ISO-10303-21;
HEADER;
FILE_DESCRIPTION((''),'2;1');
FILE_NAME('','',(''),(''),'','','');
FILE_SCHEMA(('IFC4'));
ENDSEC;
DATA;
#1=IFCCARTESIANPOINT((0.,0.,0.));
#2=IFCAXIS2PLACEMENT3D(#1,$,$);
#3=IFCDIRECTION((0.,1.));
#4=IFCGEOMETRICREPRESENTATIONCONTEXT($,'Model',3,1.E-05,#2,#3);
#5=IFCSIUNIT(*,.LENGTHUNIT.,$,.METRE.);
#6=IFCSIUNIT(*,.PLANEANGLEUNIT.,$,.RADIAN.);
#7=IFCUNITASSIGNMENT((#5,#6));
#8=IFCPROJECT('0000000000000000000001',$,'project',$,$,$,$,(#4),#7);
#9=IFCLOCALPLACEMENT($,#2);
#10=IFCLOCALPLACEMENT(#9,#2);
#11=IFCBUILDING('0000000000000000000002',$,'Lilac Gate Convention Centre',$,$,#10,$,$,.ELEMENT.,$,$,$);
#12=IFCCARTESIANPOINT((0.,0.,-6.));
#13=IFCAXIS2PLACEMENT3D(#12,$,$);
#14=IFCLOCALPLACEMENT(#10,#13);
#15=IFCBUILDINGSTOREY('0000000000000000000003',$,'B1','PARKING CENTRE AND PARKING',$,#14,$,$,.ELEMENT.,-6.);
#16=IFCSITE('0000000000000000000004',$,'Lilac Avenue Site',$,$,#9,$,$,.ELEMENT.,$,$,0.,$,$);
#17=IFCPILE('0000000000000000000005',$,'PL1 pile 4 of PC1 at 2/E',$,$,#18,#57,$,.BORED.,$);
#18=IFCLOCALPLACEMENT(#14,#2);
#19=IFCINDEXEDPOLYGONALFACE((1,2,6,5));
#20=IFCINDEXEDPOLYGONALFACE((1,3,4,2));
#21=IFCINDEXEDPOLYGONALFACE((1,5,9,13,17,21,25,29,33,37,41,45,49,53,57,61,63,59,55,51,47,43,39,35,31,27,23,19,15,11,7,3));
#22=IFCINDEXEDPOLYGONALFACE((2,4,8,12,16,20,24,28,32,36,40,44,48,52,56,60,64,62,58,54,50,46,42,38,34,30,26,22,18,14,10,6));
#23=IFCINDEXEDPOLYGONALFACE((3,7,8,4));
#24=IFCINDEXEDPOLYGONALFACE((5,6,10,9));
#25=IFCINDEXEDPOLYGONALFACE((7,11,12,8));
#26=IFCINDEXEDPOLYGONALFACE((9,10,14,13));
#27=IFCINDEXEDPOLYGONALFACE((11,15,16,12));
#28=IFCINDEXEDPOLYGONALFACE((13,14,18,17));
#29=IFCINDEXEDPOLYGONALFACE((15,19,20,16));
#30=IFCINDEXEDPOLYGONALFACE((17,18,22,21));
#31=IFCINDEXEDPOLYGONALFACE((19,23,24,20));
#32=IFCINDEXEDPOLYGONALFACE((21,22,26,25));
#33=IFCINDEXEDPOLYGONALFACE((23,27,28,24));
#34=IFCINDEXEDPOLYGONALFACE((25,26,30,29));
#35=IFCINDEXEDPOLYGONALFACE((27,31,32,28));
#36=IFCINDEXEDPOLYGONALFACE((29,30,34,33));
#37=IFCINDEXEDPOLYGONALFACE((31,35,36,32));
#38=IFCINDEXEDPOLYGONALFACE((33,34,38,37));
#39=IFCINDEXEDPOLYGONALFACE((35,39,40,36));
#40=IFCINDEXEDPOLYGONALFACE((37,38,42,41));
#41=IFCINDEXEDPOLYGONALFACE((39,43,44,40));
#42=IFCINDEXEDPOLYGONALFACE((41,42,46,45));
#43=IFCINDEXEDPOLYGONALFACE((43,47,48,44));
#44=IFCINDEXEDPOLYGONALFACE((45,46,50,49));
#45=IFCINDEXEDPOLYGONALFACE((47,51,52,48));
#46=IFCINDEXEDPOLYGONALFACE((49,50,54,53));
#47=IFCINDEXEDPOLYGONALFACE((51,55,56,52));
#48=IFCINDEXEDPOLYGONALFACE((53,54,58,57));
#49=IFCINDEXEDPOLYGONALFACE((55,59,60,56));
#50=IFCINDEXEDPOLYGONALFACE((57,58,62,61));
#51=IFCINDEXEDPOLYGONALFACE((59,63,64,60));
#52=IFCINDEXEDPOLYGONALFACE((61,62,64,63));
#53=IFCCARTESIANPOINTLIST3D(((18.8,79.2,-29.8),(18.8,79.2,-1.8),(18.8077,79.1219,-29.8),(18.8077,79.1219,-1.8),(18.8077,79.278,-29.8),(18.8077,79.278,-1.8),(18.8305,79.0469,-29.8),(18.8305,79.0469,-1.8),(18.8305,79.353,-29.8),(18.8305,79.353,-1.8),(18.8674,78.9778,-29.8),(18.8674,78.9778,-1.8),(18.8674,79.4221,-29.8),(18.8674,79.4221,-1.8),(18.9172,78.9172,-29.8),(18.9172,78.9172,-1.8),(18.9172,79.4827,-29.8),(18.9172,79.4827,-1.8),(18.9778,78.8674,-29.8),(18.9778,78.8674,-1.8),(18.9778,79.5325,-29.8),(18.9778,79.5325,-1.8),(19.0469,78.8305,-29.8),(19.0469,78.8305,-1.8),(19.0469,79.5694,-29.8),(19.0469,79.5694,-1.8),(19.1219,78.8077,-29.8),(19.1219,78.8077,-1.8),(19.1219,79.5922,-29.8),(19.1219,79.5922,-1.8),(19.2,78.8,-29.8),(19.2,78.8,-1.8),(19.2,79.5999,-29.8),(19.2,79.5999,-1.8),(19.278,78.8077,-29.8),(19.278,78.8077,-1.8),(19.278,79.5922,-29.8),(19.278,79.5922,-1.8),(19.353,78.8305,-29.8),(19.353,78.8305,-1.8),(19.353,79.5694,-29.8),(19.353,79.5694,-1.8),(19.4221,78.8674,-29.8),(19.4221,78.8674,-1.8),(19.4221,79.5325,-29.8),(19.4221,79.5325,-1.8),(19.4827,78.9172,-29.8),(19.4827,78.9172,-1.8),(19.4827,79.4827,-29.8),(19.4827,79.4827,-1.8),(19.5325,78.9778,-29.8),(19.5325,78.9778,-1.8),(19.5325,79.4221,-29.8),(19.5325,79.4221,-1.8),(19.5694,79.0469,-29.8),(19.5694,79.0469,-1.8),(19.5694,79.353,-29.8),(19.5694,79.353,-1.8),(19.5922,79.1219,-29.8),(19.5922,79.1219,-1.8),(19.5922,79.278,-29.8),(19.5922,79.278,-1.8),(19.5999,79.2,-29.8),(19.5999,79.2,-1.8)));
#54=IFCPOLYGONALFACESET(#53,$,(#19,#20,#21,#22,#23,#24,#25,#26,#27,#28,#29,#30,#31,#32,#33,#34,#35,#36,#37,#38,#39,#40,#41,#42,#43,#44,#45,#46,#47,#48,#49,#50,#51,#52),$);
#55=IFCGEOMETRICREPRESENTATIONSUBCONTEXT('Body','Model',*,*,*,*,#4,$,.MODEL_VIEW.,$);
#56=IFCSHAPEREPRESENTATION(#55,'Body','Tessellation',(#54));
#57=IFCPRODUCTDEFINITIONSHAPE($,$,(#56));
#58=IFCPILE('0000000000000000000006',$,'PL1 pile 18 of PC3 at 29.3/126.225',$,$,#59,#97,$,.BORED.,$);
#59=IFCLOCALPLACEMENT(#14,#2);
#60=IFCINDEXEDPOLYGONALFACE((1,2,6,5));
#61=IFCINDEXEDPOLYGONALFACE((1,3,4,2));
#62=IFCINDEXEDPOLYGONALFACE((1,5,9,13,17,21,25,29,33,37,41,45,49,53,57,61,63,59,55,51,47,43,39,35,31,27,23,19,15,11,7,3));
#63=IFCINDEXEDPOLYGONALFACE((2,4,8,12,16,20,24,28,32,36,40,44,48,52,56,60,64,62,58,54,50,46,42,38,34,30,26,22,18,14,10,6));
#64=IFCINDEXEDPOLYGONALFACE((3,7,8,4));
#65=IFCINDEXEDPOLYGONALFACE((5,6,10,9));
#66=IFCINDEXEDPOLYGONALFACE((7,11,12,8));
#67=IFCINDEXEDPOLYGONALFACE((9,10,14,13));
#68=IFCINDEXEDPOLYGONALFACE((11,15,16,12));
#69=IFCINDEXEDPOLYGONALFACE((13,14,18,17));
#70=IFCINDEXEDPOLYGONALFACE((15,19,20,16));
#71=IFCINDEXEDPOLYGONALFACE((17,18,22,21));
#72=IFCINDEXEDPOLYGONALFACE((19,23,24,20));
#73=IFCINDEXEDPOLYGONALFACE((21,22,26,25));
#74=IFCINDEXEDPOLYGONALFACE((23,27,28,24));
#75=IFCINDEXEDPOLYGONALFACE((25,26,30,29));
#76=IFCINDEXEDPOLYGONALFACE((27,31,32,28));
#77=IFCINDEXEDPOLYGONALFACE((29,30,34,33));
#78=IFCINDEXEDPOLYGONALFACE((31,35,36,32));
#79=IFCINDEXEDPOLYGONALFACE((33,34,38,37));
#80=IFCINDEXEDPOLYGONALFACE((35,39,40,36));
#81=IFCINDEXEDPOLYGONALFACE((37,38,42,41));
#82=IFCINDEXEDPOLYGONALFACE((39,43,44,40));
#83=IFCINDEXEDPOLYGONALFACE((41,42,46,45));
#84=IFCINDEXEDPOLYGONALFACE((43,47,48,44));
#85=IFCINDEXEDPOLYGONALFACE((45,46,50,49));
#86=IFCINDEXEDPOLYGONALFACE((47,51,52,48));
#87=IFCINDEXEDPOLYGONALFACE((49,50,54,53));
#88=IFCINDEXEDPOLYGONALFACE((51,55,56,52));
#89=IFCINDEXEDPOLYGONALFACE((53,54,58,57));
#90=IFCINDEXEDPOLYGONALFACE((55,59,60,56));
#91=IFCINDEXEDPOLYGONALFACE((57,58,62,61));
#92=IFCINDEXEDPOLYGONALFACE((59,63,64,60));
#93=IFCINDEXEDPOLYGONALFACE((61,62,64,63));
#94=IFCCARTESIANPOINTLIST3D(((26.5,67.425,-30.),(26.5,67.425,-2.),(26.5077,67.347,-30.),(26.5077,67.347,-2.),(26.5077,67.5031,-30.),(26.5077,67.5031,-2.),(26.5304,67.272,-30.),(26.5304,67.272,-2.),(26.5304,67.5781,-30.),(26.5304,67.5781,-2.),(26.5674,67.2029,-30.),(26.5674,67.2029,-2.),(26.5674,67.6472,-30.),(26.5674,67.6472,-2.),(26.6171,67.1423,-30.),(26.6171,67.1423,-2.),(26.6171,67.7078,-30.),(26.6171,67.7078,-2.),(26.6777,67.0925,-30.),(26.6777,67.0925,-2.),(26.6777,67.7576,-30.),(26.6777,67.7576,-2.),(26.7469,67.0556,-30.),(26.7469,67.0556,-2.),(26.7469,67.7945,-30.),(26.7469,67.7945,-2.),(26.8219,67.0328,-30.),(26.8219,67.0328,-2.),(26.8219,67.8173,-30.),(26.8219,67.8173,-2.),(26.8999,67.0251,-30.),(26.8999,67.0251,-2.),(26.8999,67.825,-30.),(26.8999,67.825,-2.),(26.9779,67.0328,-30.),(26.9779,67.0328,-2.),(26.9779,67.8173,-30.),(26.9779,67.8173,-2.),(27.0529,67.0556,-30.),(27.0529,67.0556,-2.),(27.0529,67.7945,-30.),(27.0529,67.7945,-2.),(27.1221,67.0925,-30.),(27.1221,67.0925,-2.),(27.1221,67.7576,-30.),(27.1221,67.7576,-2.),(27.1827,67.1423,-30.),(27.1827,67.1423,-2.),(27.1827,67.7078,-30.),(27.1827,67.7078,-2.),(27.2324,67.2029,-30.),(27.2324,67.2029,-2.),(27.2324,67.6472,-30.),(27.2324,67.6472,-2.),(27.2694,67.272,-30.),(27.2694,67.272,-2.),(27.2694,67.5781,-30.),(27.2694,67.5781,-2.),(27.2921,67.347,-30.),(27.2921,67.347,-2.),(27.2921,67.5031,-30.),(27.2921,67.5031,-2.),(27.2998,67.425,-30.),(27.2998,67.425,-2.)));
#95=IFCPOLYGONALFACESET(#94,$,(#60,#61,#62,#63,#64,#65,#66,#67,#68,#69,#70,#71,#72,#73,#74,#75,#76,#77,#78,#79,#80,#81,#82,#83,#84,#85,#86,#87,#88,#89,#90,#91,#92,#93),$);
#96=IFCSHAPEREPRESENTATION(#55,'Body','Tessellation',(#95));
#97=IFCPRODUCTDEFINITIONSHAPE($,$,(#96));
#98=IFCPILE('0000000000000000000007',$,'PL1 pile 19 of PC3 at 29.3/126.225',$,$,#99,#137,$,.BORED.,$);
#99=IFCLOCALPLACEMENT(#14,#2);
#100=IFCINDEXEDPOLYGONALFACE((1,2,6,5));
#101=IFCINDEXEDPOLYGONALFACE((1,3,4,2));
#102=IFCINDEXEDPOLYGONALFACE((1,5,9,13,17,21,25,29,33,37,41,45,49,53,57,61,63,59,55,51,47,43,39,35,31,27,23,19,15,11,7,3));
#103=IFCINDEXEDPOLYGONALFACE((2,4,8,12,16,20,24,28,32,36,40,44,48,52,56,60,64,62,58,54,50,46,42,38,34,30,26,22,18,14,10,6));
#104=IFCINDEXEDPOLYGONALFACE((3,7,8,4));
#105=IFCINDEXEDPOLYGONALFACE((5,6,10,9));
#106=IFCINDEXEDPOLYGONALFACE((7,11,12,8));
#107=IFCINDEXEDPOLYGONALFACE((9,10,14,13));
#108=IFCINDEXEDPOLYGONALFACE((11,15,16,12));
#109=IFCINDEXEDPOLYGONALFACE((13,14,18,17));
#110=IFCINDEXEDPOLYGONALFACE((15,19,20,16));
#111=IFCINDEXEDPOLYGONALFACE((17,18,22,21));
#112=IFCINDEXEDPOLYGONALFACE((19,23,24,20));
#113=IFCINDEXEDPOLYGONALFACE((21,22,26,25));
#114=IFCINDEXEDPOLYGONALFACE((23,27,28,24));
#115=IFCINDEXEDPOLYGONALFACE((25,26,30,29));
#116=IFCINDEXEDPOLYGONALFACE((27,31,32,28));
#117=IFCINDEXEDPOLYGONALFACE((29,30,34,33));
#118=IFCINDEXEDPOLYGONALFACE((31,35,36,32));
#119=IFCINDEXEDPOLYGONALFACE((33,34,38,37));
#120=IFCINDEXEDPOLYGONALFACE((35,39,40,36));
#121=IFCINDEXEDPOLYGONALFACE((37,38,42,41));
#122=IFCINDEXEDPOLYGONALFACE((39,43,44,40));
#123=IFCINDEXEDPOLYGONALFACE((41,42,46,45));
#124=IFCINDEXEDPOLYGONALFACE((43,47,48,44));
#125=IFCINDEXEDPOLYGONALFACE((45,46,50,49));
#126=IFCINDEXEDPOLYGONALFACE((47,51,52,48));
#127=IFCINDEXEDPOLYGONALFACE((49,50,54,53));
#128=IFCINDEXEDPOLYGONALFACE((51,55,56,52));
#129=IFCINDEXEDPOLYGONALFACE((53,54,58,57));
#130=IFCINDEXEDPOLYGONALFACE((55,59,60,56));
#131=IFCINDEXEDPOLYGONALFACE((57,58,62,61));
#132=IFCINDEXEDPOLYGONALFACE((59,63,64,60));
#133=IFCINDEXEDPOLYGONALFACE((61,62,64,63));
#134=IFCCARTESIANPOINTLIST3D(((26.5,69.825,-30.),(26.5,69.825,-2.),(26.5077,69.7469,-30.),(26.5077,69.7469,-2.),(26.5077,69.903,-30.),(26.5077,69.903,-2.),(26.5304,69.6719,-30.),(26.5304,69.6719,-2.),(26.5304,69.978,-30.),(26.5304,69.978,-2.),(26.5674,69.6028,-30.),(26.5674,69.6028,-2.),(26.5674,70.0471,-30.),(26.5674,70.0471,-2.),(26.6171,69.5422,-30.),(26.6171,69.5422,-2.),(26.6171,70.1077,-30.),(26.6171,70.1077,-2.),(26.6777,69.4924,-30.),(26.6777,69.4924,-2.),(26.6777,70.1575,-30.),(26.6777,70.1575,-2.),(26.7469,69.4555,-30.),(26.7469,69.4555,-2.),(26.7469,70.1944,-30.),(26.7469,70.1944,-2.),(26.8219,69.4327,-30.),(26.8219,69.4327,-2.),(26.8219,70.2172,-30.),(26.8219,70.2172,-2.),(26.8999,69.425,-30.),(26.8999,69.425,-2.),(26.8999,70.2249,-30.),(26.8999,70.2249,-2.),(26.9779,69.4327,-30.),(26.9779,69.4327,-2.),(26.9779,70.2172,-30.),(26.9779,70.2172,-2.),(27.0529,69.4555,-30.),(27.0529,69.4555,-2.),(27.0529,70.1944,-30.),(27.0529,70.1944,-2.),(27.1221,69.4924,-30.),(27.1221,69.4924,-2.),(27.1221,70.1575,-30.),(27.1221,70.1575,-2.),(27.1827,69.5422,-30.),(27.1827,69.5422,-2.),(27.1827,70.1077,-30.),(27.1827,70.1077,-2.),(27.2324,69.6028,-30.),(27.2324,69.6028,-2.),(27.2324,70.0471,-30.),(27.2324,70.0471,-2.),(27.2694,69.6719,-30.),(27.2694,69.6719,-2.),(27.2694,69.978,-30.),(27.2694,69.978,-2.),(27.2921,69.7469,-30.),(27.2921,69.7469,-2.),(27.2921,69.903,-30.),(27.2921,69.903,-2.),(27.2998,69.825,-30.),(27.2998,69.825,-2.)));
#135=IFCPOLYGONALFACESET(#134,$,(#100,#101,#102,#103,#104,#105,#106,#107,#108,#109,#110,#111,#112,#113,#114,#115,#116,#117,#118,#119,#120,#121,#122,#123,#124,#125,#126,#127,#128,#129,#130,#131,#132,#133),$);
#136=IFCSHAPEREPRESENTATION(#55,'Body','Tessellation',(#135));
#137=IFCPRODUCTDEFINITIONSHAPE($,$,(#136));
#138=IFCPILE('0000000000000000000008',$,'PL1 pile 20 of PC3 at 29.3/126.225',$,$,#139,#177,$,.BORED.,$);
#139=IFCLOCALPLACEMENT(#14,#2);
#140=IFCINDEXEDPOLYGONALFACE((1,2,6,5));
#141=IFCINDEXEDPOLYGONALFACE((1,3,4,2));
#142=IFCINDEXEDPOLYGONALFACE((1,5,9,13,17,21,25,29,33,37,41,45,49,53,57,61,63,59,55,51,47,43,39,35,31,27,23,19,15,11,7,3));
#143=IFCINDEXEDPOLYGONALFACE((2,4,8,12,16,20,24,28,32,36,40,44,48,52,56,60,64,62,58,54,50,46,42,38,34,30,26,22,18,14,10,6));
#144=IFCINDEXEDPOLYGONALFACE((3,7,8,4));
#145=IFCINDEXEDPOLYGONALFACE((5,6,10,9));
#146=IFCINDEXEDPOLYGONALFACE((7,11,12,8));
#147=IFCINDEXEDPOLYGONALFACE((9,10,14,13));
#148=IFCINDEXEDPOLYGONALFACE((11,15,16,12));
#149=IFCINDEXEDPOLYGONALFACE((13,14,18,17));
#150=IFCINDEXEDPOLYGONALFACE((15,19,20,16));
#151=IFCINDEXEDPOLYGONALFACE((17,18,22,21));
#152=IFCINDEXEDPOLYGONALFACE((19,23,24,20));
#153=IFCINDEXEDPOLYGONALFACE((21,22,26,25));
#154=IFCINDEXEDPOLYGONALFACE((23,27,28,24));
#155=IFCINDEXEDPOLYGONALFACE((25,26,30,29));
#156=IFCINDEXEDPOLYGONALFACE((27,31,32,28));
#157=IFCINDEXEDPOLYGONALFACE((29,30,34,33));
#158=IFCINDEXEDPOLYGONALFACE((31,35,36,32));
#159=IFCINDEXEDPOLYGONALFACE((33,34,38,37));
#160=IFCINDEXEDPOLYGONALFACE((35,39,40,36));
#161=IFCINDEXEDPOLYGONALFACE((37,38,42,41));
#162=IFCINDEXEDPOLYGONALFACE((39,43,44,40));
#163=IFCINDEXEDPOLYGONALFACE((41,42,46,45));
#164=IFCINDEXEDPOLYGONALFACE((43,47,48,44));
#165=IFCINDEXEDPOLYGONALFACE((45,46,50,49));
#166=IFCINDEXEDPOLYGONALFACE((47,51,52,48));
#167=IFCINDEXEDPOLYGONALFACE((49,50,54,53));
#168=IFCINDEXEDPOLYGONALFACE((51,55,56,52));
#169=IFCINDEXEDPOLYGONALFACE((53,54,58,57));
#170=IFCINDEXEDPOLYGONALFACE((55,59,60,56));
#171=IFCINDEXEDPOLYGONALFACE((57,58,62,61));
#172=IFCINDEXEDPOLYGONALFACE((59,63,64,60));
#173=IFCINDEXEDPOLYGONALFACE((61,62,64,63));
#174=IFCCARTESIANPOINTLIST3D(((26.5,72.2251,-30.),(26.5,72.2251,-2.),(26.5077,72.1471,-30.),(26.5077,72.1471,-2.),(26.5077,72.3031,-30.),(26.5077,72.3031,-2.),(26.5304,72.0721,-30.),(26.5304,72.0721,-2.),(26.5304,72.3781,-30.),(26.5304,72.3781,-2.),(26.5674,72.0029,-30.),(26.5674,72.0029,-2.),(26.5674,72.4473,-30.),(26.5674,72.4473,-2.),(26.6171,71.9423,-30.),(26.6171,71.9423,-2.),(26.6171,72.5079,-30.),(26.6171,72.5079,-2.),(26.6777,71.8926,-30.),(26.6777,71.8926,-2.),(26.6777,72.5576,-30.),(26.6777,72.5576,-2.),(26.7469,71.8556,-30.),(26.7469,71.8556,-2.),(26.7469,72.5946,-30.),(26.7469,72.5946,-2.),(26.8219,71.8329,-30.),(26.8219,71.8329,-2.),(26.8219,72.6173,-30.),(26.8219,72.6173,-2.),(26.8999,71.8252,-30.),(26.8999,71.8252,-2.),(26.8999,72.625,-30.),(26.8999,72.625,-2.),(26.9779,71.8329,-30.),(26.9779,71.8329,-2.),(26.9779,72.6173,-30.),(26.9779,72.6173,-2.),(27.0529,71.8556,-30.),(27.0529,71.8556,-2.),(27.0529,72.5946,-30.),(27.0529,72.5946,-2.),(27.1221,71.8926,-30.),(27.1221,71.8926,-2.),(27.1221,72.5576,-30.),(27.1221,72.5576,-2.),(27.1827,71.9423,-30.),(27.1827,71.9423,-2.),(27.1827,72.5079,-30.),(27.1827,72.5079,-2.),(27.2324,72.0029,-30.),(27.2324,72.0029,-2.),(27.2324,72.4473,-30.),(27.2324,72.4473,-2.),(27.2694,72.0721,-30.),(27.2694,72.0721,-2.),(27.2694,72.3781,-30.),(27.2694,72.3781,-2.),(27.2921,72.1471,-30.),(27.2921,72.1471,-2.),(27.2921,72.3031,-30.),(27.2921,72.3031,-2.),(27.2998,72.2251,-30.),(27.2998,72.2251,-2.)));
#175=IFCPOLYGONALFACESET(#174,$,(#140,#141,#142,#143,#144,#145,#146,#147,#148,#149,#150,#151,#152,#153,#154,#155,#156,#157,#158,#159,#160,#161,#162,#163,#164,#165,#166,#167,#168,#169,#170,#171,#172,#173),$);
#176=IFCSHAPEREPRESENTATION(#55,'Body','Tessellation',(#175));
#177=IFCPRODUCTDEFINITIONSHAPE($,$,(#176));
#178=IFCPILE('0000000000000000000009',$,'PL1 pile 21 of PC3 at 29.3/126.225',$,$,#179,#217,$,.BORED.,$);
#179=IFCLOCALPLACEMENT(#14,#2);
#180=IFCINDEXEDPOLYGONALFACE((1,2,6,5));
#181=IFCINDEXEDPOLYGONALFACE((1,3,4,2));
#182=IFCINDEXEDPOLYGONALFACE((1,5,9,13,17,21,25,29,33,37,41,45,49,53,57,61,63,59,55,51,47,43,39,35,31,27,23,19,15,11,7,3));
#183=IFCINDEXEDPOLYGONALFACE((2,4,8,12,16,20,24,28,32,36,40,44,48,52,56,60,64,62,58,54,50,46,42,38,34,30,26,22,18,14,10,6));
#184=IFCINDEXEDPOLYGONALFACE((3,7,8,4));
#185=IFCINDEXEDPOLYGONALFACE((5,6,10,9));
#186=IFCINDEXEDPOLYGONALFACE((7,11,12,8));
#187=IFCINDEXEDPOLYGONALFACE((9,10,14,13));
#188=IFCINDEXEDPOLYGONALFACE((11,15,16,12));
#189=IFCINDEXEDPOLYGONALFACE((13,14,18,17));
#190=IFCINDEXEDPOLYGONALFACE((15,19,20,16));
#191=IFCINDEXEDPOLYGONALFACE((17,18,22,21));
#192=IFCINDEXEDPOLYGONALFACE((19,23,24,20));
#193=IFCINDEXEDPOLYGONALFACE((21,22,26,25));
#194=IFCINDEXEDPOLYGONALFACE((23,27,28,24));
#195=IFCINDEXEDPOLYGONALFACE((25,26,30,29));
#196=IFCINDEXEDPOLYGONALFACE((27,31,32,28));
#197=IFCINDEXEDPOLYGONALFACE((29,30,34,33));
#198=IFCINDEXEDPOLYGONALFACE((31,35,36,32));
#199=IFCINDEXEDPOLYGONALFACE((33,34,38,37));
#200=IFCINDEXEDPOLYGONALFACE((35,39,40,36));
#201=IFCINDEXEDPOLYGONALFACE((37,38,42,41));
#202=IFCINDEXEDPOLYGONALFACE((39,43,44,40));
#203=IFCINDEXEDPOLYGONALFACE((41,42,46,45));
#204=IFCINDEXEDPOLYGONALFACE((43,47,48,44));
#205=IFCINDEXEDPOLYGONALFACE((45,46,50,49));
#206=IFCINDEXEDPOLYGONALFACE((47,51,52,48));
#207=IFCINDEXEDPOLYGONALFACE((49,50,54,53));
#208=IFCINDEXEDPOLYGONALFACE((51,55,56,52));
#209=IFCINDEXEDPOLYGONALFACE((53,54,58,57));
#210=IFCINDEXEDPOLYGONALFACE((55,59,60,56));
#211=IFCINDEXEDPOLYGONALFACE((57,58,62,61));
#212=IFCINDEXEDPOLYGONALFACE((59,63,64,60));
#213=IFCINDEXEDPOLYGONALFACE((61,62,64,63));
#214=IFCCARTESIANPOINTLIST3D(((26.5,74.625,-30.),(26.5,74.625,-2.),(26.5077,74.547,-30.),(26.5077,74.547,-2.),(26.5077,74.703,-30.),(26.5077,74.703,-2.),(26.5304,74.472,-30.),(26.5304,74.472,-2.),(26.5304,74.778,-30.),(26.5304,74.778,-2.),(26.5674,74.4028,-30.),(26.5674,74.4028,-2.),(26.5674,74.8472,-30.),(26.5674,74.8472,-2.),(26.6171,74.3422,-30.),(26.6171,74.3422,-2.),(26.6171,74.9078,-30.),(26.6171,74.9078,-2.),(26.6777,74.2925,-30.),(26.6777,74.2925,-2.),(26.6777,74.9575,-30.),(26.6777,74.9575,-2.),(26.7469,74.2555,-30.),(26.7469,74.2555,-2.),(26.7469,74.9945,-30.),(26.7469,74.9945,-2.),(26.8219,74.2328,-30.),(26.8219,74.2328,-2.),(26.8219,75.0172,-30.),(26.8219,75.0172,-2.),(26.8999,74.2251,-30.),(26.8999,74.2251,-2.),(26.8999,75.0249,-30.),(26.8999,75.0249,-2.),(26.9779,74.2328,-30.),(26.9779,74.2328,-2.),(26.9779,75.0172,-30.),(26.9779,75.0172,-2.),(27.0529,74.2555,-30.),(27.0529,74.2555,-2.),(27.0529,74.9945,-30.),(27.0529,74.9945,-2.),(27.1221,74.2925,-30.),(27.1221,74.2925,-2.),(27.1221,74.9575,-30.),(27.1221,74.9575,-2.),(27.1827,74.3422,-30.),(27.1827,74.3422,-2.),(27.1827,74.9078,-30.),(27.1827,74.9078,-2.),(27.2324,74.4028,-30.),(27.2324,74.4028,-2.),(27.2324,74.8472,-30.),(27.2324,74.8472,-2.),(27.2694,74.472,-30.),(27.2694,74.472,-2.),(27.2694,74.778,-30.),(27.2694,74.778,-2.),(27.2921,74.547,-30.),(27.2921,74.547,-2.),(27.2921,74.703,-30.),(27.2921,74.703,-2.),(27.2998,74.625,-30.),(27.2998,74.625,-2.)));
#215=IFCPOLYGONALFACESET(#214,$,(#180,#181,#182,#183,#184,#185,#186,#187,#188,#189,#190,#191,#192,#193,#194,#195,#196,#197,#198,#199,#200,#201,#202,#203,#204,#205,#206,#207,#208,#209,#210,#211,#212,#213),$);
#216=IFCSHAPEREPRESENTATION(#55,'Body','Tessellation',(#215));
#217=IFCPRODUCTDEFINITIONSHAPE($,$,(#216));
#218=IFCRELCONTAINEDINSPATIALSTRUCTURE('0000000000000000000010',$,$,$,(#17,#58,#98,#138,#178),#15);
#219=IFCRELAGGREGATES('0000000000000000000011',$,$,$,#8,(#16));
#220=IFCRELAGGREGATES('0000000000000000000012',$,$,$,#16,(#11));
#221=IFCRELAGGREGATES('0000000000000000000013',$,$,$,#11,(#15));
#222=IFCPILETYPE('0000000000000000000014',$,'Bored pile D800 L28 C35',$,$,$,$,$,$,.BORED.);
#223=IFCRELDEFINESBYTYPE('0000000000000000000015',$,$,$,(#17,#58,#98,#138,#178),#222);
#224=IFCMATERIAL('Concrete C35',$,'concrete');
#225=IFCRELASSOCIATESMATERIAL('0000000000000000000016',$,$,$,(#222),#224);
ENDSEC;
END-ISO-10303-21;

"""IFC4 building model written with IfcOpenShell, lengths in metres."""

from ifc_helpers import new_model, si_unit, direction, frame, origin, origin_2d, place, context, subcontext, project, spatial, circle, extrude, material, material_profile, profile_set, type_object, element, save


model = new_model("IFC4")

# Units and contexts
model_context = context("Model", 3, precision=1e-05, world=origin(), true_north=direction((0.0, 1.0)))
body_context = subcontext(model_context, "Body", "Model", "MODEL_VIEW")
ifc_project = project(units=[si_unit("LENGTHUNIT", "METRE"), si_unit("PLANEANGLEUNIT", "RADIAN")], contexts=[model_context])

# Site, building, storey
site_placement = place(None, origin())
site = spatial("IfcSite", under=ifc_project, at=site_placement, Name="Lilac Avenue Site", CompositionType="ELEMENT", RefElevation=0.0)
building_placement = place(site_placement, origin())
building = spatial("IfcBuilding", under=site, at=building_placement, Name="Lilac Gate Convention Centre", CompositionType="ELEMENT")
storey_placement = place(building_placement, frame((0.0, 0.0, -6.0)))
storey = spatial("IfcBuildingStorey", under=building, at=storey_placement, Name="B1", Description="PARKING CENTRE AND PARKING", CompositionType="ELEMENT", Elevation=-6.0)

# Piles
ifc_material_1 = material(Name="Concrete C35", Category="concrete")
ifc_material_profile_1 = material_profile(ifc_material_1, circle(Radius=0.3999, at=origin_2d()), Name="D800")
ifc_profile_set_1 = profile_set([ifc_material_profile_1], Name="Concrete C35")
pile_type = type_object("IfcPileType", Name="Bored pile D800 L28 C35", PredefinedType="BORED", material=ifc_profile_set_1)
for number, where, z_axis, x_axis, name in (
    (1, (19.2, 79.2, -1.8), (0.0, 0.0, -1.0), (1.0, 0.0, 0.0), "PL1 pile 4 of PC1 at 2/E"),
    (2, (26.8999, 67.425, -2.0), (0.0, 0.0, -1.0), (1.0, 0.0, 0.0), "PL1 pile 18 of PC3 at 29.3/126.225"),
    (3, (26.8999, 69.825, -2.0), (0.0, 0.0, -1.0), (1.0, 0.0, 0.0), "PL1 pile 19 of PC3 at 29.3/126.225"),
    (4, (26.8999, 72.2251, -2.0), (0.0, 0.0, -1.0), (1.0, 0.0, 0.0), "PL1 pile 20 of PC3 at 29.3/126.225"),
    (5, (26.8999, 74.625, -2.0), (0.0, 0.0, -1.0), (1.0, 0.0, 0.0), "PL1 pile 21 of PC3 at 29.3/126.225"),
):
    element("IfcPile", number, at=place(storey_placement, frame(where, z_axis=z_axis, x_axis=x_axis)), inside=storey, type_object=pile_type, Name=name, PredefinedType="BORED", context=body_context, shape_type="SweptSolid", body=[
        extrude(circle(Radius=0.3999, at=origin_2d()), origin(), (0.0, 0.0, 1.0), 28.0),
    ])

save(model, "model.ifc")
